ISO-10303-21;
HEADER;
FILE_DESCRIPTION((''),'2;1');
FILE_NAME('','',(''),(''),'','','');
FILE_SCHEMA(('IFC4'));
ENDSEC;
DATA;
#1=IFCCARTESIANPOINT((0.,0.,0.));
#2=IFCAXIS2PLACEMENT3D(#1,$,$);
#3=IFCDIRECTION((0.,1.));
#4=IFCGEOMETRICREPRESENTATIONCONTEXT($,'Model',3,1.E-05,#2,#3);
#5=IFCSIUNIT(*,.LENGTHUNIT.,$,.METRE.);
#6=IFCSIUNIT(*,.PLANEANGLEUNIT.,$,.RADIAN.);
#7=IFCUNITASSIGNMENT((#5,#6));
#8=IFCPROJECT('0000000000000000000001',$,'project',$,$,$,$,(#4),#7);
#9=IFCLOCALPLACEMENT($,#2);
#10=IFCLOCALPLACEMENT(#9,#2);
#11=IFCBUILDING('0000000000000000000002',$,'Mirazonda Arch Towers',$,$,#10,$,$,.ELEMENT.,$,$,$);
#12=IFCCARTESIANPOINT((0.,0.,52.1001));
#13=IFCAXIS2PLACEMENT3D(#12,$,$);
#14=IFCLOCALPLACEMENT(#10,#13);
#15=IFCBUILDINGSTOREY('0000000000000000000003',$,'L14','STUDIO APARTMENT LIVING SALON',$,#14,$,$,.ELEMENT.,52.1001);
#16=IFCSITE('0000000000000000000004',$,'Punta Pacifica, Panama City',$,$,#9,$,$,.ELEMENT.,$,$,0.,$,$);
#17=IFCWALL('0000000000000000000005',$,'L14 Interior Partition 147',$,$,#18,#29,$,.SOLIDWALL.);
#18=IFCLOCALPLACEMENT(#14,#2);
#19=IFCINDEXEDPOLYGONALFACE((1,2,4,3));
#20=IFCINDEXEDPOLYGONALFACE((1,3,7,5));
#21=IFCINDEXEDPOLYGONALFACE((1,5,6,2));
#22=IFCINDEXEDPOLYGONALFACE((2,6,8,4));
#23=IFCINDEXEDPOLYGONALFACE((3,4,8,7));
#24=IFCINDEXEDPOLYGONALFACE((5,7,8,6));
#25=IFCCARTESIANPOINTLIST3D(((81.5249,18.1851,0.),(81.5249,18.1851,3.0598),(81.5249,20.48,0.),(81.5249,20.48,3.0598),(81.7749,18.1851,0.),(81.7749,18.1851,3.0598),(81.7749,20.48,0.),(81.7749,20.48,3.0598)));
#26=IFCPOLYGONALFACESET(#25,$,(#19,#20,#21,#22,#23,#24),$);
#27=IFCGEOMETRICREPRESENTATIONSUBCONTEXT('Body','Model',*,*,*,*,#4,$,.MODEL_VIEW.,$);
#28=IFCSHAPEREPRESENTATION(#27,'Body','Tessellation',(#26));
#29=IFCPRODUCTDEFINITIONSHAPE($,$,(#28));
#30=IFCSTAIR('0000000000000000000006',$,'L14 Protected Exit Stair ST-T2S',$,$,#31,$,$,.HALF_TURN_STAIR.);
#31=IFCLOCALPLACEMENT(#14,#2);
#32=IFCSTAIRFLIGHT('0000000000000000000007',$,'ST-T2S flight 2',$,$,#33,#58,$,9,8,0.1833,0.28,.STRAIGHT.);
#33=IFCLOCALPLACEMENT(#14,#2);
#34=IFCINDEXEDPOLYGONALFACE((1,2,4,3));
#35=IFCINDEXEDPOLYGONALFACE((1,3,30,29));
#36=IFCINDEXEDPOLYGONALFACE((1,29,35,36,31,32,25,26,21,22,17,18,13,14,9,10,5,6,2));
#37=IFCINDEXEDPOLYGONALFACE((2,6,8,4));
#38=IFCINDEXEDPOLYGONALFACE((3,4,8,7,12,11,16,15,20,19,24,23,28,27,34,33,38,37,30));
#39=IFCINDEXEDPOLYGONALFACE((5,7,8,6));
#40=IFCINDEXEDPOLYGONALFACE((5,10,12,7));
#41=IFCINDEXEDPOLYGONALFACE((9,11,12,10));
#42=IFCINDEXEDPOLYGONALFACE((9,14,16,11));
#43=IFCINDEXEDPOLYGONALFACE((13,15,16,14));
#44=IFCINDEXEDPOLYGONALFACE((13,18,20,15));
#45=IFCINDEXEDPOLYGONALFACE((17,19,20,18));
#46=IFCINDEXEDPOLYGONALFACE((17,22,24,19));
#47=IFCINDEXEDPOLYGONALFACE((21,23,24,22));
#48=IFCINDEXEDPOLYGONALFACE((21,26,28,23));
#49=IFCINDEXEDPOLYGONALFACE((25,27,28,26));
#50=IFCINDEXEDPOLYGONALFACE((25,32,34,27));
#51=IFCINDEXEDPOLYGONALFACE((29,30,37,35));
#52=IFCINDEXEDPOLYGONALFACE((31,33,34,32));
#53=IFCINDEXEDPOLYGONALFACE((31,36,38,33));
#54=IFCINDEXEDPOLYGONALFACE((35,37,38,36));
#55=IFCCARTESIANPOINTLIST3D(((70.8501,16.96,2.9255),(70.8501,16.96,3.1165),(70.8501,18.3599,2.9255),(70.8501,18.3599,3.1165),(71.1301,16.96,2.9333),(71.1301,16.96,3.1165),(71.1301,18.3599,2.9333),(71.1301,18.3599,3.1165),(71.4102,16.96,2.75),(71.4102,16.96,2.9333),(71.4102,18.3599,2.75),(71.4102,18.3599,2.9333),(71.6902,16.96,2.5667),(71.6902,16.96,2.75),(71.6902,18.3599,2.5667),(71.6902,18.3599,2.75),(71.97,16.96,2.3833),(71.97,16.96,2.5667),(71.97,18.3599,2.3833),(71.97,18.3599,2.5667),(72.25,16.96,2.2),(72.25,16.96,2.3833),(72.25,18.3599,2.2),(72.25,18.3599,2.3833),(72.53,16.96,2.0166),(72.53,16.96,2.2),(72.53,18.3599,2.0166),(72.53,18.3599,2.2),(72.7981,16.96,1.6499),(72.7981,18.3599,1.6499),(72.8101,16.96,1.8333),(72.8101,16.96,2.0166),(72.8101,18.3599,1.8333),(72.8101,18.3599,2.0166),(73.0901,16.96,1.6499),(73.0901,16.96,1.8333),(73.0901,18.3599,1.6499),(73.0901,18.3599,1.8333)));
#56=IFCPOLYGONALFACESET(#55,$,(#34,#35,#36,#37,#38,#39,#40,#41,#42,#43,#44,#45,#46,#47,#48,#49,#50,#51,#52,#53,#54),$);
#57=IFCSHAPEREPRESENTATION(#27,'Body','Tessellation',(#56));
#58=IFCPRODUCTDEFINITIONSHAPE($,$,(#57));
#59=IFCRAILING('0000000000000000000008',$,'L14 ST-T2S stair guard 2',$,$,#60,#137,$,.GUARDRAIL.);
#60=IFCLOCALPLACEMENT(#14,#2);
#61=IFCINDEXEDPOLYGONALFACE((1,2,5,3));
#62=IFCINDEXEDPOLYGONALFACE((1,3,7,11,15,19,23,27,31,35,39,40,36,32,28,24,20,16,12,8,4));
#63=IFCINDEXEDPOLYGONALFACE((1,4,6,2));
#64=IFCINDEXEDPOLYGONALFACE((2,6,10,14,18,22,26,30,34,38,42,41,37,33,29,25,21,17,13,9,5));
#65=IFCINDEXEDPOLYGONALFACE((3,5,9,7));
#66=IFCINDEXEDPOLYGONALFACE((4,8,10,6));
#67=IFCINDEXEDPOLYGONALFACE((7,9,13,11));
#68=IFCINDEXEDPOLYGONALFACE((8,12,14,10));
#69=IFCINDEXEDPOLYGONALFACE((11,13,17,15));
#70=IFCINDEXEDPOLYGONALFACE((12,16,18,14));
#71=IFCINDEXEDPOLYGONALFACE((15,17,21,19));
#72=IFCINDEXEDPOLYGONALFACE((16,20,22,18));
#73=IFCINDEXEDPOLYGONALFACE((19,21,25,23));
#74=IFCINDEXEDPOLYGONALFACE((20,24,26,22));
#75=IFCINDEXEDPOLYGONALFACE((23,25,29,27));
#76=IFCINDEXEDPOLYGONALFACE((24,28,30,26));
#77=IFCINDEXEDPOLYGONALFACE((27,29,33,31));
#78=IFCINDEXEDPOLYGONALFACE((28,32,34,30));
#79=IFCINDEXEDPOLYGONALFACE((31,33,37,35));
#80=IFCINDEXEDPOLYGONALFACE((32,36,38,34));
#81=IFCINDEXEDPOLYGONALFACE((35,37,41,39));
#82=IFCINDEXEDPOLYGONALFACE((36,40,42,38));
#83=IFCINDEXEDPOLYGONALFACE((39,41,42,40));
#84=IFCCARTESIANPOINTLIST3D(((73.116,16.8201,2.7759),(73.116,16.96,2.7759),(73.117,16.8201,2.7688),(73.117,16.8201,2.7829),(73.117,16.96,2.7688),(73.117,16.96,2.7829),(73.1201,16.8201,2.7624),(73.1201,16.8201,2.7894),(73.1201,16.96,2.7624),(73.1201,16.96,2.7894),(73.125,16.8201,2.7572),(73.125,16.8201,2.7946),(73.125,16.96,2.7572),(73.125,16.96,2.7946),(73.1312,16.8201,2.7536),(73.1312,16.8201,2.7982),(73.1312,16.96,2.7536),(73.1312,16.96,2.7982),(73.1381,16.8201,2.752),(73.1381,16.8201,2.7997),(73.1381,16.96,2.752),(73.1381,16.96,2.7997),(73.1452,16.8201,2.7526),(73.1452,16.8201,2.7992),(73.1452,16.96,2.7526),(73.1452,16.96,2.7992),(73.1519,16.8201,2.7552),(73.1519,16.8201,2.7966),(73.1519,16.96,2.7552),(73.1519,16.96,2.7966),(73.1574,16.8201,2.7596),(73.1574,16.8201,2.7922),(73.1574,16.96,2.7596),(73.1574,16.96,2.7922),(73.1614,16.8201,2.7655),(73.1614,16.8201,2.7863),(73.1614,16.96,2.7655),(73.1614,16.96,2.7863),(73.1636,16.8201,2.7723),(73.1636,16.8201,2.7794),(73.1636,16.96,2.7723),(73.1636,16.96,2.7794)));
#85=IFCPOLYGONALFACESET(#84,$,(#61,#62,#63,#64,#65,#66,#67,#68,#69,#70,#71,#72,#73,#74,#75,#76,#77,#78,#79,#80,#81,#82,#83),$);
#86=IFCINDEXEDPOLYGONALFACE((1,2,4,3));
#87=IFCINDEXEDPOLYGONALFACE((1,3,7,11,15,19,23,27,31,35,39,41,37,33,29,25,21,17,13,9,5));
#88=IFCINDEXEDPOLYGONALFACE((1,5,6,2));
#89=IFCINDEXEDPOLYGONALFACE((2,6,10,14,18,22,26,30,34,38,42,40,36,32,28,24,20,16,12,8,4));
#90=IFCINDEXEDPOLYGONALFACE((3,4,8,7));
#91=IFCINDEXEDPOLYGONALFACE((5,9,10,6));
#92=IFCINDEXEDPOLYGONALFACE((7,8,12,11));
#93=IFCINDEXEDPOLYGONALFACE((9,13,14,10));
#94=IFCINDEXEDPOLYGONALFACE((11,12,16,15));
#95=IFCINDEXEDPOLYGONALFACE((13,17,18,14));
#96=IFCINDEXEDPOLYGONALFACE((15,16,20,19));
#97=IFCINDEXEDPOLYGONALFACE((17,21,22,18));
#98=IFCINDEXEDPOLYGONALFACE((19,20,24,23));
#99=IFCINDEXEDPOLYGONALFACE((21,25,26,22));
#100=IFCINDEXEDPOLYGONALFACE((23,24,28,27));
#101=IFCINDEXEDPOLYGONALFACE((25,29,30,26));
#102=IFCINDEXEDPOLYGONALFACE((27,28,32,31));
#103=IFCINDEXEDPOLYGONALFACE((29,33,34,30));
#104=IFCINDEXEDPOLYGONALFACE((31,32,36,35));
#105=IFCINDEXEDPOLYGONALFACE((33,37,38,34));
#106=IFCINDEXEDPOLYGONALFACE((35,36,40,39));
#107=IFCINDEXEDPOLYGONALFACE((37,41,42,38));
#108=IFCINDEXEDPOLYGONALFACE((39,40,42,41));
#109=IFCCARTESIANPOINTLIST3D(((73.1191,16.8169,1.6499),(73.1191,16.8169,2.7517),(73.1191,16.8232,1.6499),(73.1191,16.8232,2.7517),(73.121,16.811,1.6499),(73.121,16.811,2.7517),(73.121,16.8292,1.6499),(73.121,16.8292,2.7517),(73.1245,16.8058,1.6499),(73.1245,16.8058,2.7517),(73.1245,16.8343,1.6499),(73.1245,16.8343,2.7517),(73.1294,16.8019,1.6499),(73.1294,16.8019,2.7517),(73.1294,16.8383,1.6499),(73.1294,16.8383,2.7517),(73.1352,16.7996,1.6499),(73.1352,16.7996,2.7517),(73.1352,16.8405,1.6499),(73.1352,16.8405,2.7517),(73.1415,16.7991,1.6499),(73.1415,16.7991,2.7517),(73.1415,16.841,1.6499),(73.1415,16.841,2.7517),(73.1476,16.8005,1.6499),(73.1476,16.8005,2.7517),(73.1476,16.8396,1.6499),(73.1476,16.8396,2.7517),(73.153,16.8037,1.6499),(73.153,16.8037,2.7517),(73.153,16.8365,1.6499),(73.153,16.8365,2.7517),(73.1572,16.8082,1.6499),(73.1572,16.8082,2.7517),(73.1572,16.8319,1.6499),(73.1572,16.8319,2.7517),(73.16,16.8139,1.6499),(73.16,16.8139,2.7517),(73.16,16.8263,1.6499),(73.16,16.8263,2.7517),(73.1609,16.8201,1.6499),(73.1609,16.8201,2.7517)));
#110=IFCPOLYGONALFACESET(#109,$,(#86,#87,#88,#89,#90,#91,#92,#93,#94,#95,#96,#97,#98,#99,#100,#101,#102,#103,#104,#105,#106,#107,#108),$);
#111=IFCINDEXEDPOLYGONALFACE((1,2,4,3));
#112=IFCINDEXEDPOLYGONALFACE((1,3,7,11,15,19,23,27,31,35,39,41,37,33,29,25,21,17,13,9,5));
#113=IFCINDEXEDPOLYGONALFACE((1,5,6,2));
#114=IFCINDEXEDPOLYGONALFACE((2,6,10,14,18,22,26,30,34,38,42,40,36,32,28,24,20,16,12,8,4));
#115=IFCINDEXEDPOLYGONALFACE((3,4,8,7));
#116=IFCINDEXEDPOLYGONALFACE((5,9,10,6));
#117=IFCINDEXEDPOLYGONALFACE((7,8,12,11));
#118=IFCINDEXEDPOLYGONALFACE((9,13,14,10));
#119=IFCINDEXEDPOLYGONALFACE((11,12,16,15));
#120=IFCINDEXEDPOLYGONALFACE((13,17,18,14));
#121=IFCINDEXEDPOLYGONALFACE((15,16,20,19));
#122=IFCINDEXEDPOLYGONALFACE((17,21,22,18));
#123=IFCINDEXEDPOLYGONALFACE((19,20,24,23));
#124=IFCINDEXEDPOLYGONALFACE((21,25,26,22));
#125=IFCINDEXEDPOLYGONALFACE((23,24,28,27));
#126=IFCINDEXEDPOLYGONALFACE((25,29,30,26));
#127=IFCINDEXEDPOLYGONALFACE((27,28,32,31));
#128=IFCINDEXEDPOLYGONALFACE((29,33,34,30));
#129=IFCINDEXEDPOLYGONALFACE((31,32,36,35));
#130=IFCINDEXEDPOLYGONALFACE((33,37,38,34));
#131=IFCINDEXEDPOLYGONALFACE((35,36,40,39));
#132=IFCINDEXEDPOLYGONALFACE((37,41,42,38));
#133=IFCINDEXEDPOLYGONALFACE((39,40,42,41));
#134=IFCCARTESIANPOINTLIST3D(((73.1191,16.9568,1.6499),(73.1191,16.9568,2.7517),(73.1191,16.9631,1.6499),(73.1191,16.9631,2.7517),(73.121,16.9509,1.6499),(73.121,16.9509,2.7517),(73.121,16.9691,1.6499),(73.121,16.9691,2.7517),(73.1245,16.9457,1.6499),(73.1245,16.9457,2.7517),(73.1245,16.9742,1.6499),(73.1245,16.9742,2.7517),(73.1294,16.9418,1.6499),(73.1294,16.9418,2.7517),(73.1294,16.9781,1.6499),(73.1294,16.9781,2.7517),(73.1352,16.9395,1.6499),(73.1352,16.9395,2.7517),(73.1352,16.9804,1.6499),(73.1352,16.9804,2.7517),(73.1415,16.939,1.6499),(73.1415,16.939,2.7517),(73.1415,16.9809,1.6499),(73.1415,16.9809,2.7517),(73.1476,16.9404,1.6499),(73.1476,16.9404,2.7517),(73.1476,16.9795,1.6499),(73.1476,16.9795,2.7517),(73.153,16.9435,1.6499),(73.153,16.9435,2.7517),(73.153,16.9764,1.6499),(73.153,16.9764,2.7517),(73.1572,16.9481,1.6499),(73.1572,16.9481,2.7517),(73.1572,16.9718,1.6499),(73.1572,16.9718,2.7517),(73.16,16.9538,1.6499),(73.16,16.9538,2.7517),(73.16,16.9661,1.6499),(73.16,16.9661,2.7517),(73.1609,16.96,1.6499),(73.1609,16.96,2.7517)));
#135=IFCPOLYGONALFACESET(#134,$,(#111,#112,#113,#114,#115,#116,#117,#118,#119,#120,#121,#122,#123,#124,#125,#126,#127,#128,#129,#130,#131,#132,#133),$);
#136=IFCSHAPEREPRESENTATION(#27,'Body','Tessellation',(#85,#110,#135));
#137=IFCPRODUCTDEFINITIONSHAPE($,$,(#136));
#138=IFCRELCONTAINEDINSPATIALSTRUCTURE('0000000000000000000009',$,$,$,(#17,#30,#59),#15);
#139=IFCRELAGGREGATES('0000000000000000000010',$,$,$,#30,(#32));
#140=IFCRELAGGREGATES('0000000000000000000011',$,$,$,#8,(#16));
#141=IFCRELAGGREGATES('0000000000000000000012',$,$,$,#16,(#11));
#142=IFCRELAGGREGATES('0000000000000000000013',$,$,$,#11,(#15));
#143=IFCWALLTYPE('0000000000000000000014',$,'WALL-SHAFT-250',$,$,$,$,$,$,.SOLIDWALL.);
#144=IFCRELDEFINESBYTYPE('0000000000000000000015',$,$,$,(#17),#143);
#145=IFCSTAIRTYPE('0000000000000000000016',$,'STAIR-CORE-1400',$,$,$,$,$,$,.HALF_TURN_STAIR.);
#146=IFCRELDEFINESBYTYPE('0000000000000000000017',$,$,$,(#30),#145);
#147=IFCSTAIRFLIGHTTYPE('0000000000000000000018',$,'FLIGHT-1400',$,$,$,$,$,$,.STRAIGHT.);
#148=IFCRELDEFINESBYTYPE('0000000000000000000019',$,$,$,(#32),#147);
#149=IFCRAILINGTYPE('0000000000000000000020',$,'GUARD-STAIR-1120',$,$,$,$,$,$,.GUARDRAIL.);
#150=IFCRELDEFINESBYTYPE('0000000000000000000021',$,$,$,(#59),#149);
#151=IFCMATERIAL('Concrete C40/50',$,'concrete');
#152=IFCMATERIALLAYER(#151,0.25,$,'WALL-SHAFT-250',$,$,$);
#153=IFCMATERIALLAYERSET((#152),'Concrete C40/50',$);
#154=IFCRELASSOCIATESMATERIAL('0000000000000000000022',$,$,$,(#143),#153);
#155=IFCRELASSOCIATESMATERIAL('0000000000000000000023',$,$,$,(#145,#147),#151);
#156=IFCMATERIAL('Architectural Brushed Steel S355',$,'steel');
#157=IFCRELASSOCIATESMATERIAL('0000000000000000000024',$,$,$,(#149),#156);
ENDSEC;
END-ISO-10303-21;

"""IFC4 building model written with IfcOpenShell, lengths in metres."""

from ifc_helpers import new_model, si_unit, direction, frame, frame_2d, origin, origin_2d, place, context, subcontext, project, spatial, polyline, rectangle, circle, outline, extrude, material, layer, layer_set, type_object, element, aggregate, save


model = new_model("IFC4")

# Units and contexts
model_context = context("Model", 3, precision=1e-05, world=origin(), true_north=direction((0.0, 1.0)))
body_context = subcontext(model_context, "Body", "Model", "MODEL_VIEW")
ifc_project = project(units=[si_unit("LENGTHUNIT", "METRE"), si_unit("PLANEANGLEUNIT", "RADIAN")], contexts=[model_context])

# Site, building, storey
site_placement = place(None, origin())
site = spatial("IfcSite", under=ifc_project, at=site_placement, Name="Punta Pacifica, Panama City", CompositionType="ELEMENT", RefElevation=0.0)
building_placement = place(site_placement, origin())
building = spatial("IfcBuilding", under=site, at=building_placement, Name="Mirazonda Arch Towers", CompositionType="ELEMENT")
storey_placement = place(building_placement, frame((0.0, 0.0, 52.1001)))
storey = spatial("IfcBuildingStorey", under=building, at=storey_placement, Name="L14", Description="STUDIO APARTMENT LIVING SALON", CompositionType="ELEMENT", Elevation=52.1001)

# Wall
ifc_material_1 = material(Name="Concrete C40/50", Category="concrete")
ifc_layer_1 = layer(ifc_material_1, 0.25, Name="WALL-SHAFT-250")
ifc_layer_set_1 = layer_set([ifc_layer_1], Name="Concrete C40/50")
wall_type_1 = type_object("IfcWallType", Name="WALL-SHAFT-250", PredefinedType="SOLIDWALL", material=ifc_layer_set_1)
wall_1_placement = place(storey_placement, frame((81.6499, 18.1851, 0.0), z_axis=(0.0, 0.0, 1.0), x_axis=(0.0, 1.0, 0.0)))
element("IfcWall", 1, at=wall_1_placement, inside=storey, type_object=wall_type_1, Name="L14 Interior Partition 147", PredefinedType="SOLIDWALL", context=body_context, shape_type="SweptSolid", body=[
    extrude(rectangle(XDim=2.2949, YDim=0.25, at=frame_2d((1.1475, 0.0))), origin(), (0.0, 0.0, 1.0), 3.0598),
])

# Stair, stair flight
stair_type = type_object("IfcStairType", Name="STAIR-CORE-1400", PredefinedType="HALF_TURN_STAIR", material=ifc_material_1)
stair_placement = place(storey_placement, origin())
stair = element("IfcStair", 2, at=stair_placement, inside=storey, type_object=stair_type, Name="L14 Protected Exit Stair ST-T2S", PredefinedType="HALF_TURN_STAIR")
stair_flight_type = type_object("IfcStairFlightType", Name="FLIGHT-1400", PredefinedType="STRAIGHT", material=ifc_material_1)
stair_flight_placement = place(storey_placement, frame((73.0901, 17.6599, 1.6499), z_axis=(0.0, 0.0, 1.0), x_axis=(-1.0, 0.0, 0.0)))
stair_flight = element("IfcStairFlight", 3, at=stair_flight_placement, type_object=stair_flight_type, Name="ST-T2S flight 2", NumberOfRisers=9, NumberOfTreads=8, PredefinedType="STRAIGHT", RiserHeight=0.1833, TreadLength=0.28, context=body_context, shape_type="SweptSolid", body=[
    extrude(outline(polyline([(0.0, 0.0), (0.0, 0.1833), (0.28, 0.1833), (0.28, 0.3667), (0.5601, 0.3667), (0.5601, 0.55), (0.8401, 0.55), (0.8401, 0.7334), (1.1201, 0.7334), (1.1201, 0.9167), (1.3999, 0.9167), (1.3999, 1.1001), (1.6799, 1.1001), (1.6799, 1.2834), (1.96, 1.2834), (1.96, 1.4666), (2.24, 1.4666), (2.24, 1.6499), (2.24, 1.2756), (0.292, 0.0), (0.0, 0.0)])), frame((0.0, 0.7, 0.0), z_axis=(0.0, -1.0, 0.0), x_axis=(1.0, 0.0, 0.0)), (0.0, 0.0, 1.0), 1.3999),
])
aggregate(stair, [stair_flight])

# Railing
ifc_material_2 = material(Name="Architectural Brushed Steel S355", Category="steel")
railing_type_1 = type_object("IfcRailingType", Name="GUARD-STAIR-1120", PredefinedType="GUARDRAIL", material=ifc_material_2)
railing_1_placement = place(storey_placement, frame((73.1399, 16.8201, 1.6499)))
element("IfcRailing", 4, at=railing_1_placement, inside=storey, type_object=railing_type_1, Name="L14 ST-T2S stair guard 2", PredefinedType="GUARDRAIL", context=body_context, shape_type="SweptSolid", body=[
    extrude(circle(Radius=0.0239, at=origin_2d()), frame((0.0, 0.0, 1.126), z_axis=(0.0, 1.0, 0.0), x_axis=(-1.0, 0.0, 0.0)), (0.0, 0.0, 1.0), 0.1399),
    extrude(circle(Radius=0.021, at=origin_2d()), origin(), (0.0, 0.0, 1.0), 1.1018),
    extrude(circle(Radius=0.021, at=origin_2d()), frame((0.0, 0.1399, 0.0)), (0.0, 0.0, 1.0), 1.1018),
])

save(model, "model.ifc")
